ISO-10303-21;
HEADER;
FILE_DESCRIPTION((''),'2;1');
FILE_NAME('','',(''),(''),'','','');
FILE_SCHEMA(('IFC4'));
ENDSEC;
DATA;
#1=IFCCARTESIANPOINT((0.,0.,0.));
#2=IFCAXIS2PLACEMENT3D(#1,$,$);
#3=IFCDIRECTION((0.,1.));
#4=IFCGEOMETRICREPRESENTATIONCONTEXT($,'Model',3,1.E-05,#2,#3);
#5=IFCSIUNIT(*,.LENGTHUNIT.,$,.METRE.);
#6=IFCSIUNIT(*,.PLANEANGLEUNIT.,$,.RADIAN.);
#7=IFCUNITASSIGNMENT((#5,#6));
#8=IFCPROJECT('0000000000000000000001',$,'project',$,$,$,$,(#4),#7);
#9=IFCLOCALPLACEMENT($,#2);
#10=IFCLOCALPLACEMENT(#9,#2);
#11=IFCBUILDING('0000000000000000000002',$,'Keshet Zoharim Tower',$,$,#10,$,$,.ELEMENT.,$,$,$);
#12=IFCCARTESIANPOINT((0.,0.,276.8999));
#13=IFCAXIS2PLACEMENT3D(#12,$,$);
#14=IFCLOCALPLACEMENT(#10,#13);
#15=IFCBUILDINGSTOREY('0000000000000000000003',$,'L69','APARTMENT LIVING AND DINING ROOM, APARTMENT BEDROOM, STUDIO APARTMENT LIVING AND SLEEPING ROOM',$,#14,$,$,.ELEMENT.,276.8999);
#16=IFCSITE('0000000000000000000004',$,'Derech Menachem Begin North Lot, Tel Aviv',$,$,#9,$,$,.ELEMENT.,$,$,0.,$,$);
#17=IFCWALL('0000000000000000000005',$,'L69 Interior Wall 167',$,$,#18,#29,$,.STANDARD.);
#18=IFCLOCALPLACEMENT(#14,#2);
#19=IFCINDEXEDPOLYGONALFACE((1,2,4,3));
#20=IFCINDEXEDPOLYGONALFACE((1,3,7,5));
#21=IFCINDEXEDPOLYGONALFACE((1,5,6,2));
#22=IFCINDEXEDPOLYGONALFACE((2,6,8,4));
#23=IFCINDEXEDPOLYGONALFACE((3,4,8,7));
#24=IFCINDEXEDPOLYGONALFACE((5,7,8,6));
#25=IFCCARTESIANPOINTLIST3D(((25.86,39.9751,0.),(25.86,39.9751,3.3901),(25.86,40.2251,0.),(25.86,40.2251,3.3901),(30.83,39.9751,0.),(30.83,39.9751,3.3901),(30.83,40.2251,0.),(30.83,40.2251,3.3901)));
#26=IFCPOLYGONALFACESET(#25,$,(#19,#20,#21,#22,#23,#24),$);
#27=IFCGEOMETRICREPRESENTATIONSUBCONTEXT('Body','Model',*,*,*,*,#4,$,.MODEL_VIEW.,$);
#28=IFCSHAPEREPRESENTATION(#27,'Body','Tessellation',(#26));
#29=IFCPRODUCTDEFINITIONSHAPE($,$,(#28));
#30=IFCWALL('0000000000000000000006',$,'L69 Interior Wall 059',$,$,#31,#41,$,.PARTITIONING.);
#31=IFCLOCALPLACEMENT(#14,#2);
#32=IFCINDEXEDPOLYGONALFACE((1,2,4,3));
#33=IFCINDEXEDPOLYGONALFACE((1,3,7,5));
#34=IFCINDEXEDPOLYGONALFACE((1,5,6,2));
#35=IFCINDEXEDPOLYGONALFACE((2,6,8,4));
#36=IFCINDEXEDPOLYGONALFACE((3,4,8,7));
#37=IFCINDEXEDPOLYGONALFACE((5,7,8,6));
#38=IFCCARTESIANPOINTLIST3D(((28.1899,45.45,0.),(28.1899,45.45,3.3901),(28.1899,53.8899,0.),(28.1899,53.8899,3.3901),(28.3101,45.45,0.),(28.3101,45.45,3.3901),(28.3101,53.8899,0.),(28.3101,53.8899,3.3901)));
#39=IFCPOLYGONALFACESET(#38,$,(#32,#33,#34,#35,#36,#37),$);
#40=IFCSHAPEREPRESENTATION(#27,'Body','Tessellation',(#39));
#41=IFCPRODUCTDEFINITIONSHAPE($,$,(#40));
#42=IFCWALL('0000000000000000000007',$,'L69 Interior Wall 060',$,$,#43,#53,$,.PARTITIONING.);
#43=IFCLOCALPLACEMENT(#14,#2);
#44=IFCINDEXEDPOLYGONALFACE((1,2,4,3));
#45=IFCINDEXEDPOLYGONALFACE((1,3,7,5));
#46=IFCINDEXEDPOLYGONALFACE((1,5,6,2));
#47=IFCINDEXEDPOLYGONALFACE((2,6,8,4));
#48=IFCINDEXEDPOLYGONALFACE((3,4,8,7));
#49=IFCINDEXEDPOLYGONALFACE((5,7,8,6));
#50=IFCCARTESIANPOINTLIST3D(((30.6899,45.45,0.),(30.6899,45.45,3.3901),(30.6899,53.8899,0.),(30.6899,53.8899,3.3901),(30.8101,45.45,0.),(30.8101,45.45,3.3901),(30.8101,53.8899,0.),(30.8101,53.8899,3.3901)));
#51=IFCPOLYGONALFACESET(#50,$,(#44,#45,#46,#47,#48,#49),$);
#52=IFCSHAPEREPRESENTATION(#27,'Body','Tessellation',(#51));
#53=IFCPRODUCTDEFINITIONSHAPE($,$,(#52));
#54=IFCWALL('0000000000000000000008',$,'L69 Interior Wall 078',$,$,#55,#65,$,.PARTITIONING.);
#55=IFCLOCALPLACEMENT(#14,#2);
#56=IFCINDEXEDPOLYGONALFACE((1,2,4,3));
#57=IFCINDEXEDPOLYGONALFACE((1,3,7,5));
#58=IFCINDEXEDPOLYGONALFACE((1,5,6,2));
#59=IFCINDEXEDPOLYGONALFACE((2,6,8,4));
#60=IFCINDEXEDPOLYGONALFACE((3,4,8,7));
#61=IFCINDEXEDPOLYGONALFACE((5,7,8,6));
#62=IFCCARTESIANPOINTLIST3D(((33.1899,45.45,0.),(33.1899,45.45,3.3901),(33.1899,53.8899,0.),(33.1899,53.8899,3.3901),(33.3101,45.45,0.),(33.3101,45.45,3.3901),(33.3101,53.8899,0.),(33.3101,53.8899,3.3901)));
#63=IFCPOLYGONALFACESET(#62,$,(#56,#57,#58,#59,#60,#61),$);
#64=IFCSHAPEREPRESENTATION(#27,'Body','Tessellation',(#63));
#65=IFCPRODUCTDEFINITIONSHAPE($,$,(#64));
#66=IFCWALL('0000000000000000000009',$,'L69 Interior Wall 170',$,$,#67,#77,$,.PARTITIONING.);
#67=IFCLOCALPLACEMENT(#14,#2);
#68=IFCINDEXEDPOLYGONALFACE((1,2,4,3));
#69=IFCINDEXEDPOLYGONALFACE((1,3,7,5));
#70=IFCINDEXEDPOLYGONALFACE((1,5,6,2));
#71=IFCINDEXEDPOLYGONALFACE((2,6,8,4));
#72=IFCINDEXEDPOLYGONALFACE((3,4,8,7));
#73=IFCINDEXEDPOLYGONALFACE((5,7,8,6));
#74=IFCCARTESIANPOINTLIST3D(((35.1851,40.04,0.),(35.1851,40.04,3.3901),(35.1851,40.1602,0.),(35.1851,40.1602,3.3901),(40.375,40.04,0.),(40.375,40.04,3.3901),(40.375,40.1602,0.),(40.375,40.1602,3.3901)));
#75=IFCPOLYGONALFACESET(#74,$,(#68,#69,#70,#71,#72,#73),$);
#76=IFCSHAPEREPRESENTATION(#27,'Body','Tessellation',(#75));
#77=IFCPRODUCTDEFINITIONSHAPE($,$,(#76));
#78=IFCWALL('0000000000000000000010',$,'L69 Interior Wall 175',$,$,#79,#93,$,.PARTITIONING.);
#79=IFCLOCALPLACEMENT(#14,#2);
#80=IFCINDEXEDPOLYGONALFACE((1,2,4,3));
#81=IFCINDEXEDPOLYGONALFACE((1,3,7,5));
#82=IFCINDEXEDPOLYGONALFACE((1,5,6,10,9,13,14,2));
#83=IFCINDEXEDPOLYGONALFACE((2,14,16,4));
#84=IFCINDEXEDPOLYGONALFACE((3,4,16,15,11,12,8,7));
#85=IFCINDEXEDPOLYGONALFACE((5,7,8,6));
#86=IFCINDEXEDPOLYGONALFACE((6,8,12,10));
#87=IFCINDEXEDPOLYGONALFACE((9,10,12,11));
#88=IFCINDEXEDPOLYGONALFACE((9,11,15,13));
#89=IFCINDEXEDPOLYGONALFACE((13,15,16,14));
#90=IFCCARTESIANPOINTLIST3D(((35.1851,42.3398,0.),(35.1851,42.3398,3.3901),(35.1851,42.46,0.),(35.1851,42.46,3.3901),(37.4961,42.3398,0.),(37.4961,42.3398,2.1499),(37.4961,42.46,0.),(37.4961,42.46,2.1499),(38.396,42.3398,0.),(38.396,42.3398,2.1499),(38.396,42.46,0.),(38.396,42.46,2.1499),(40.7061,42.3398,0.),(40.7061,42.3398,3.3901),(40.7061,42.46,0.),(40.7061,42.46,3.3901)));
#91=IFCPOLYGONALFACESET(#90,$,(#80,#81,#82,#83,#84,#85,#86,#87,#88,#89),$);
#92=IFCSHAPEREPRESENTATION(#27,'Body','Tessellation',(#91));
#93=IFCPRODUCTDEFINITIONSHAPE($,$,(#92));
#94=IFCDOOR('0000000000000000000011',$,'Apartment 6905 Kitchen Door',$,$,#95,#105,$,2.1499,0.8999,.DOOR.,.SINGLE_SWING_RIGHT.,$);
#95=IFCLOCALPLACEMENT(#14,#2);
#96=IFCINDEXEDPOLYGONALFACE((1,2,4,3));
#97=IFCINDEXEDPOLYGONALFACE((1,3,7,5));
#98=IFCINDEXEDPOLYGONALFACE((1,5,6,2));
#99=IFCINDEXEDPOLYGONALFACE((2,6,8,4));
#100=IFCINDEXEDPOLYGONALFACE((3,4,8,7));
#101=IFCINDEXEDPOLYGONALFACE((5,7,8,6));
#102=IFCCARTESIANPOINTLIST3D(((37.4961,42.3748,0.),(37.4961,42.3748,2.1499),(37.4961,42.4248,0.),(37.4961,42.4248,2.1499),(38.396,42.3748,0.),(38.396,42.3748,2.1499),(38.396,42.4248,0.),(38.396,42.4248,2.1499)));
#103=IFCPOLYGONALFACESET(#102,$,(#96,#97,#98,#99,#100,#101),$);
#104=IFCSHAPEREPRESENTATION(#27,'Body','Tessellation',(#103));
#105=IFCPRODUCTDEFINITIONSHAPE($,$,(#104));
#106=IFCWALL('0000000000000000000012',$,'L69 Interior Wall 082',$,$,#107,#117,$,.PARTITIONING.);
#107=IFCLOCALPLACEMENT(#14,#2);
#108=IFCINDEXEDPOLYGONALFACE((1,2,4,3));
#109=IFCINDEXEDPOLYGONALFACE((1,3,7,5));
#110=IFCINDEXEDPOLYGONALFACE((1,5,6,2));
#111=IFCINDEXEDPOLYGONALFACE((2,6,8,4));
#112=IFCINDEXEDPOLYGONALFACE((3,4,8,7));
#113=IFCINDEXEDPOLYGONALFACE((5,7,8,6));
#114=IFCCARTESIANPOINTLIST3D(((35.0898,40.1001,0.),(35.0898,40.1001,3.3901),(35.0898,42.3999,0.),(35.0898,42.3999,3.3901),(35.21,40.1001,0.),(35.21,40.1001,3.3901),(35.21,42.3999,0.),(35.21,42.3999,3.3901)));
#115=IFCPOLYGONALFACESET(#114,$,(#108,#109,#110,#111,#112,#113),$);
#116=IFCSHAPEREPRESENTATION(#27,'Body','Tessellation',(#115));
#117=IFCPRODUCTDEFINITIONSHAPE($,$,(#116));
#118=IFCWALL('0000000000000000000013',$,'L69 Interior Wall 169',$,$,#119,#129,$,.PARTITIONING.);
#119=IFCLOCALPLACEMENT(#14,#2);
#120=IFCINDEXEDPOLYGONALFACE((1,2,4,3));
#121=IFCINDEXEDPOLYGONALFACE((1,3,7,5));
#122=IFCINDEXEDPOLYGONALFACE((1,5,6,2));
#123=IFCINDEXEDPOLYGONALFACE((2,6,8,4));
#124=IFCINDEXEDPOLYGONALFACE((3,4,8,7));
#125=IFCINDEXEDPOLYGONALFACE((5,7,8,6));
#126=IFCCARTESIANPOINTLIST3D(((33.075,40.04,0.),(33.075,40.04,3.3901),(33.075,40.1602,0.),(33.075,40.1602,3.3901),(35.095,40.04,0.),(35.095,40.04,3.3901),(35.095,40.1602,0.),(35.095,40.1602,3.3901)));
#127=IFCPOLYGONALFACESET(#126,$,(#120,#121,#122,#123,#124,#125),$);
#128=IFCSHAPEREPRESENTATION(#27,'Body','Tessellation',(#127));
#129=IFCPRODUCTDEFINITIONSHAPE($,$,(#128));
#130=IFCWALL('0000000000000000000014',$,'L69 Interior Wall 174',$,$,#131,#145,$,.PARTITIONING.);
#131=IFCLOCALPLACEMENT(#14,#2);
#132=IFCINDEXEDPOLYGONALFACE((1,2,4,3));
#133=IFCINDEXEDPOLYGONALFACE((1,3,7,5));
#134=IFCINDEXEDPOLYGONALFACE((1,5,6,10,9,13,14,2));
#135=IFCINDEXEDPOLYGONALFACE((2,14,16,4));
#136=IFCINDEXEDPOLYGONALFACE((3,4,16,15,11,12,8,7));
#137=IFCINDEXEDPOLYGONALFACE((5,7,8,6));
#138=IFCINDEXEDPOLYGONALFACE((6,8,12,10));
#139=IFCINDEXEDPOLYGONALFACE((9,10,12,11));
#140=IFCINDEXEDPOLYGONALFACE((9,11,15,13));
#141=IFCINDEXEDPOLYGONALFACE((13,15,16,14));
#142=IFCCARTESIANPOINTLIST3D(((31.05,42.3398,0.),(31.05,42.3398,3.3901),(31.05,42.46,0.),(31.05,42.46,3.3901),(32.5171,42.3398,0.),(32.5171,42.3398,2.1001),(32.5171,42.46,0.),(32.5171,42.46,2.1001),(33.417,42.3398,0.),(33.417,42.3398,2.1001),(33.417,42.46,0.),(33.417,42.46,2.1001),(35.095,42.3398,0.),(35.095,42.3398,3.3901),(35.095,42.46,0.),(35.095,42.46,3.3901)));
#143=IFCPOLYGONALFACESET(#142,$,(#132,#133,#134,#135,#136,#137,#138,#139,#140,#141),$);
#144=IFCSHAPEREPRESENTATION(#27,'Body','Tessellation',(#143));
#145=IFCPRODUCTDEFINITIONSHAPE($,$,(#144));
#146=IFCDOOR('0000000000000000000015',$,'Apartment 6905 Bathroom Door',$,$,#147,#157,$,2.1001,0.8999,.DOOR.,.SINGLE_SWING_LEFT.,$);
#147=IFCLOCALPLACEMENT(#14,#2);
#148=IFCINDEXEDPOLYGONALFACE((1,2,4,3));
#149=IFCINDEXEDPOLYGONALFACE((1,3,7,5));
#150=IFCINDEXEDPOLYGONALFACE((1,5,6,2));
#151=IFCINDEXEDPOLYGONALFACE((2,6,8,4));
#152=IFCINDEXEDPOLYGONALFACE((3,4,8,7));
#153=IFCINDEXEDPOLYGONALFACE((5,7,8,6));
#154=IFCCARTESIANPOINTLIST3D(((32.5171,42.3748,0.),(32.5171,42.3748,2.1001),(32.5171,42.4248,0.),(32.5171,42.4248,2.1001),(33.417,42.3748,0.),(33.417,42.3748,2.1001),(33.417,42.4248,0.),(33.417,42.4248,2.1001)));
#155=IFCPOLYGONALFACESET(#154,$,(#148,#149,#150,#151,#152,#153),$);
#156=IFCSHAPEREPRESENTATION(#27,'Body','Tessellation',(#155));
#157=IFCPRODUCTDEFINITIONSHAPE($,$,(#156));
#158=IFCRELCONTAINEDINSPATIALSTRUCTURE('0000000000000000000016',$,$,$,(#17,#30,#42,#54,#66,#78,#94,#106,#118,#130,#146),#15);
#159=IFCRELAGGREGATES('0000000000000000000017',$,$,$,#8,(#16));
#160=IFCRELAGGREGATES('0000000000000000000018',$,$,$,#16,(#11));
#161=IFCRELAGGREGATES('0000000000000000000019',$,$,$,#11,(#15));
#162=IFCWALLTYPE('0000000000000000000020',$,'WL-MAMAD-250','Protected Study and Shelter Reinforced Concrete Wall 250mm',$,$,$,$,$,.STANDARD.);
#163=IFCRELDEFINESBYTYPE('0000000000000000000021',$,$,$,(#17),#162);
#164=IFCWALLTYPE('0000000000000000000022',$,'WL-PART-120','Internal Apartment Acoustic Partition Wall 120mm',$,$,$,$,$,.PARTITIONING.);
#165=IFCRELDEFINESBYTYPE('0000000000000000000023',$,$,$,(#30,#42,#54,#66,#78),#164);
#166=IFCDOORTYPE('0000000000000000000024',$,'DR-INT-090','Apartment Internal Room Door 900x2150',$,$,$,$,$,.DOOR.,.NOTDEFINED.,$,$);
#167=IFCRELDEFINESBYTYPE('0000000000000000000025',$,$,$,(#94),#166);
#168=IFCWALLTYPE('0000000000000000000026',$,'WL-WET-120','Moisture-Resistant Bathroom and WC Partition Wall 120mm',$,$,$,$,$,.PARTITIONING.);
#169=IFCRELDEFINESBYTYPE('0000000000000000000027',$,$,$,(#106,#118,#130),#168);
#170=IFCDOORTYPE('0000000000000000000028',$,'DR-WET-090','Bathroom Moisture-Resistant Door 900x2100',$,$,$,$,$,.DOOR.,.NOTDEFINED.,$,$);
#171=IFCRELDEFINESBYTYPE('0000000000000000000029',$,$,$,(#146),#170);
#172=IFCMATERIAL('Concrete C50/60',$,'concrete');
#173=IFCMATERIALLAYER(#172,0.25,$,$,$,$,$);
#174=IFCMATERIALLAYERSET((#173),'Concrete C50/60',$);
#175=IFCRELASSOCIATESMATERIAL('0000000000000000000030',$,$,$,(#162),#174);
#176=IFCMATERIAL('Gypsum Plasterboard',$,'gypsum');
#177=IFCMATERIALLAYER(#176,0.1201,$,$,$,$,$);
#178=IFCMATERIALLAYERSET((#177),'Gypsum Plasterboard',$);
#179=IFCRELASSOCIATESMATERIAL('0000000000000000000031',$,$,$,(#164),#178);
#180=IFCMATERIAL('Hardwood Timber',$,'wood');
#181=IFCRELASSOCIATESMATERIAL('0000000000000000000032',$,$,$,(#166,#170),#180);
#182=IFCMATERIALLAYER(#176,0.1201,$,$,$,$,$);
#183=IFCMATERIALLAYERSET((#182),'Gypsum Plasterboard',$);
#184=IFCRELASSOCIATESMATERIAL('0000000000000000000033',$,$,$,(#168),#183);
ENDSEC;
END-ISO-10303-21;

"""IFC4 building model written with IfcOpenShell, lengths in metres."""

from ifc_helpers import new_model, si_unit, direction, frame, frame_2d, origin, place, context, subcontext, project, spatial, rectangle, extrude, material, layer, layer_set, type_object, element, fill, save


model = new_model("IFC4")

# Units and contexts
model_context = context("Model", 3, precision=1e-05, world=origin(), true_north=direction((0.0, 1.0)))
body_context = subcontext(model_context, "Body", "Model", "MODEL_VIEW")
ifc_project = project(units=[si_unit("LENGTHUNIT", "METRE"), si_unit("PLANEANGLEUNIT", "RADIAN")], contexts=[model_context])

# Site, building, storey
site_placement = place(None, origin())
site = spatial("IfcSite", under=ifc_project, at=site_placement, Name="Derech Menachem Begin North Lot, Tel Aviv", CompositionType="ELEMENT", RefElevation=0.0)
building_placement = place(site_placement, origin())
building = spatial("IfcBuilding", under=site, at=building_placement, Name="Keshet Zoharim Tower", CompositionType="ELEMENT")
storey_placement = place(building_placement, frame((0.0, 0.0, 276.8999)))
storey = spatial("IfcBuildingStorey", under=building, at=storey_placement, Name="L69", Description="APARTMENT LIVING AND DINING ROOM, APARTMENT BEDROOM, STUDIO APARTMENT LIVING AND SLEEPING ROOM", CompositionType="ELEMENT", Elevation=276.8999)

# Wall
ifc_material_1 = material(Name="Gypsum Plasterboard", Category="gypsum")
ifc_material_2 = material(Name="Concrete C50/60", Category="concrete")
ifc_layer_1 = layer(ifc_material_2, 0.25)
ifc_layer_set_1 = layer_set([ifc_layer_1], Name="Concrete C50/60")
wall_type_1 = type_object("IfcWallType", Name="WL-MAMAD-250", Description="Protected Study and Shelter Reinforced Concrete Wall 250mm", PredefinedType="STANDARD", material=ifc_layer_set_1)
wall_1_placement = place(storey_placement, frame((25.8601, 40.1001, 0.0), z_axis=(0.0, 0.0, 1.0), x_axis=(1.0, 0.0, 0.0)))
element("IfcWall", 1, at=wall_1_placement, inside=storey, type_object=wall_type_1, Name="L69 Interior Wall 167", PredefinedType="STANDARD", context=body_context, shape_type="SweptSolid", body=[
    extrude(rectangle(XDim=4.97, YDim=0.25, at=frame_2d((2.4849, 0.0))), origin(), (0.0, 0.0, 1.0), 3.3901),
])

# Shared definitions
ifc_material_3 = material(Name="Hardwood Timber", Category="wood")

# Walls
ifc_layer_2 = layer(ifc_material_1, 0.1201)
ifc_layer_set_2 = layer_set([ifc_layer_2], Name="Gypsum Plasterboard")
wall_type_2 = type_object("IfcWallType", Name="WL-PART-120", Description="Internal Apartment Acoustic Partition Wall 120mm", PredefinedType="PARTITIONING", material=ifc_layer_set_2)
for number, where, z_axis, x_axis, name in (
    (2, (28.25, 45.45, 0.0), (0.0, 0.0, 1.0), (0.0, 1.0, 0.0), "L69 Interior Wall 059"),
    (3, (30.75, 45.45, 0.0), (0.0, 0.0, 1.0), (0.0, 1.0, 0.0), "L69 Interior Wall 060"),
    (4, (33.25, 45.45, 0.0), (0.0, 0.0, 1.0), (0.0, 1.0, 0.0), "L69 Interior Wall 078"),
):
    element("IfcWall", number, at=place(storey_placement, frame(where, z_axis=z_axis, x_axis=x_axis)), inside=storey, type_object=wall_type_2, Name=name, PredefinedType="PARTITIONING", context=body_context, shape_type="SweptSolid", body=[
        extrude(rectangle(XDim=8.4399, YDim=0.1201, at=frame_2d((4.22, 0.0))), origin(), (0.0, 0.0, 1.0), 3.3901),
    ])
wall_2_placement = place(storey_placement, frame((35.1851, 40.1001, 0.0), z_axis=(0.0, 0.0, 1.0), x_axis=(1.0, 0.0, 0.0)))
element("IfcWall", 5, at=wall_2_placement, inside=storey, type_object=wall_type_2, Name="L69 Interior Wall 170", PredefinedType="PARTITIONING", context=body_context, shape_type="SweptSolid", body=[
    extrude(rectangle(XDim=5.1899, YDim=0.1201, at=frame_2d((2.595, 0.0))), origin(), (0.0, 0.0, 1.0), 3.3901),
])

# Wall, opening, door
wall_3_placement = place(storey_placement, frame((35.1851, 42.3999, 0.0), z_axis=(0.0, 0.0, 1.0), x_axis=(1.0, 0.0, 0.0)))
wall_3 = element("IfcWall", 6, at=wall_3_placement, inside=storey, type_object=wall_type_2, Name="L69 Interior Wall 175", PredefinedType="PARTITIONING", context=body_context, shape_type="SweptSolid", body=[
    extrude(rectangle(XDim=5.521, YDim=0.1201, at=frame_2d((2.7605, 0.0))), origin(), (0.0, 0.0, 1.0), 3.3901),
])
opening_1_placement = place(wall_3_placement, frame((2.311, 0.0, 0.0)))
opening_1 = element("IfcOpeningElement", 7, at=opening_1_placement, cuts=wall_3, PredefinedType="OPENING", context=body_context, shape_type="SweptSolid", body=[
    extrude(rectangle(XDim=0.8999, YDim=2.1499, at=frame_2d((0.45, 1.075))), frame((0.0, 0.0701, 0.0), z_axis=(0.0, -1.0, 0.0), x_axis=(1.0, 0.0, 0.0)), (0.0, 0.0, 1.0), 0.1401),
])
door_type_1 = type_object("IfcDoorType", Name="DR-INT-090", Description="Apartment Internal Room Door 900x2150", OperationType="NOTDEFINED", PredefinedType="DOOR", material=ifc_material_3)
door_1_placement = place(opening_1_placement, origin())
door_1 = element("IfcDoor", 8, at=door_1_placement, inside=storey, type_object=door_type_1, Name="Apartment 6905 Kitchen Door", OperationType="SINGLE_SWING_RIGHT", OverallHeight=2.1499, OverallWidth=0.8999, PredefinedType="DOOR", context=body_context, shape_type="SweptSolid", body=[
    extrude(rectangle(XDim=0.8999, YDim=2.1499, at=frame_2d((0.45, 1.075))), frame((0.0, 0.0249, 0.0), z_axis=(0.0, -1.0, 0.0), x_axis=(1.0, 0.0, 0.0)), (0.0, 0.0, 1.0), 0.05),
])
fill(opening_1, door_1)

# Walls
ifc_layer_3 = layer(ifc_material_1, 0.1201)
ifc_layer_set_3 = layer_set([ifc_layer_3], Name="Gypsum Plasterboard")
wall_type_3 = type_object("IfcWallType", Name="WL-WET-120", Description="Moisture-Resistant Bathroom and WC Partition Wall 120mm", PredefinedType="PARTITIONING", material=ifc_layer_set_3)
wall_4_placement = place(storey_placement, frame((35.1499, 40.1001, 0.0), z_axis=(0.0, 0.0, 1.0), x_axis=(0.0, 1.0, 0.0)))
element("IfcWall", 9, at=wall_4_placement, inside=storey, type_object=wall_type_3, Name="L69 Interior Wall 082", PredefinedType="PARTITIONING", context=body_context, shape_type="SweptSolid", body=[
    extrude(rectangle(XDim=2.2998, YDim=0.1201, at=frame_2d((1.1499, 0.0))), origin(), (0.0, 0.0, 1.0), 3.3901),
])
wall_5_placement = place(storey_placement, frame((33.075, 40.1001, 0.0), z_axis=(0.0, 0.0, 1.0), x_axis=(1.0, 0.0, 0.0)))
element("IfcWall", 10, at=wall_5_placement, inside=storey, type_object=wall_type_3, Name="L69 Interior Wall 169", PredefinedType="PARTITIONING", context=body_context, shape_type="SweptSolid", body=[
    extrude(rectangle(XDim=2.02, YDim=0.1201, at=frame_2d((1.01, 0.0))), origin(), (0.0, 0.0, 1.0), 3.3901),
])

# Wall, opening, door
wall_6_placement = place(storey_placement, frame((31.05, 42.3999, 0.0), z_axis=(0.0, 0.0, 1.0), x_axis=(1.0, 0.0, 0.0)))
wall_6 = element("IfcWall", 11, at=wall_6_placement, inside=storey, type_object=wall_type_3, Name="L69 Interior Wall 174", PredefinedType="PARTITIONING", context=body_context, shape_type="SweptSolid", body=[
    extrude(rectangle(XDim=4.0449, YDim=0.1201, at=frame_2d((2.0225, 0.0))), origin(), (0.0, 0.0, 1.0), 3.3901),
])
opening_2_placement = place(wall_6_placement, frame((1.467, 0.0, 0.0)))
opening_2 = element("IfcOpeningElement", 12, at=opening_2_placement, cuts=wall_6, PredefinedType="OPENING", context=body_context, shape_type="SweptSolid", body=[
    extrude(rectangle(XDim=0.8999, YDim=2.1001, at=frame_2d((0.45, 1.05))), frame((0.0, 0.0701, 0.0), z_axis=(0.0, -1.0, 0.0), x_axis=(1.0, 0.0, 0.0)), (0.0, 0.0, 1.0), 0.1401),
])
door_type_2 = type_object("IfcDoorType", Name="DR-WET-090", Description="Bathroom Moisture-Resistant Door 900x2100", OperationType="NOTDEFINED", PredefinedType="DOOR", material=ifc_material_3)
door_2_placement = place(opening_2_placement, origin())
door_2 = element("IfcDoor", 13, at=door_2_placement, inside=storey, type_object=door_type_2, Name="Apartment 6905 Bathroom Door", OperationType="SINGLE_SWING_LEFT", OverallHeight=2.1001, OverallWidth=0.8999, PredefinedType="DOOR", context=body_context, shape_type="SweptSolid", body=[
    extrude(rectangle(XDim=0.8999, YDim=2.1001, at=frame_2d((0.45, 1.05))), frame((0.0, 0.0249, 0.0), z_axis=(0.0, -1.0, 0.0), x_axis=(1.0, 0.0, 0.0)), (0.0, 0.0, 1.0), 0.05),
])
fill(opening_2, door_2)

save(model, "model.ifc")
